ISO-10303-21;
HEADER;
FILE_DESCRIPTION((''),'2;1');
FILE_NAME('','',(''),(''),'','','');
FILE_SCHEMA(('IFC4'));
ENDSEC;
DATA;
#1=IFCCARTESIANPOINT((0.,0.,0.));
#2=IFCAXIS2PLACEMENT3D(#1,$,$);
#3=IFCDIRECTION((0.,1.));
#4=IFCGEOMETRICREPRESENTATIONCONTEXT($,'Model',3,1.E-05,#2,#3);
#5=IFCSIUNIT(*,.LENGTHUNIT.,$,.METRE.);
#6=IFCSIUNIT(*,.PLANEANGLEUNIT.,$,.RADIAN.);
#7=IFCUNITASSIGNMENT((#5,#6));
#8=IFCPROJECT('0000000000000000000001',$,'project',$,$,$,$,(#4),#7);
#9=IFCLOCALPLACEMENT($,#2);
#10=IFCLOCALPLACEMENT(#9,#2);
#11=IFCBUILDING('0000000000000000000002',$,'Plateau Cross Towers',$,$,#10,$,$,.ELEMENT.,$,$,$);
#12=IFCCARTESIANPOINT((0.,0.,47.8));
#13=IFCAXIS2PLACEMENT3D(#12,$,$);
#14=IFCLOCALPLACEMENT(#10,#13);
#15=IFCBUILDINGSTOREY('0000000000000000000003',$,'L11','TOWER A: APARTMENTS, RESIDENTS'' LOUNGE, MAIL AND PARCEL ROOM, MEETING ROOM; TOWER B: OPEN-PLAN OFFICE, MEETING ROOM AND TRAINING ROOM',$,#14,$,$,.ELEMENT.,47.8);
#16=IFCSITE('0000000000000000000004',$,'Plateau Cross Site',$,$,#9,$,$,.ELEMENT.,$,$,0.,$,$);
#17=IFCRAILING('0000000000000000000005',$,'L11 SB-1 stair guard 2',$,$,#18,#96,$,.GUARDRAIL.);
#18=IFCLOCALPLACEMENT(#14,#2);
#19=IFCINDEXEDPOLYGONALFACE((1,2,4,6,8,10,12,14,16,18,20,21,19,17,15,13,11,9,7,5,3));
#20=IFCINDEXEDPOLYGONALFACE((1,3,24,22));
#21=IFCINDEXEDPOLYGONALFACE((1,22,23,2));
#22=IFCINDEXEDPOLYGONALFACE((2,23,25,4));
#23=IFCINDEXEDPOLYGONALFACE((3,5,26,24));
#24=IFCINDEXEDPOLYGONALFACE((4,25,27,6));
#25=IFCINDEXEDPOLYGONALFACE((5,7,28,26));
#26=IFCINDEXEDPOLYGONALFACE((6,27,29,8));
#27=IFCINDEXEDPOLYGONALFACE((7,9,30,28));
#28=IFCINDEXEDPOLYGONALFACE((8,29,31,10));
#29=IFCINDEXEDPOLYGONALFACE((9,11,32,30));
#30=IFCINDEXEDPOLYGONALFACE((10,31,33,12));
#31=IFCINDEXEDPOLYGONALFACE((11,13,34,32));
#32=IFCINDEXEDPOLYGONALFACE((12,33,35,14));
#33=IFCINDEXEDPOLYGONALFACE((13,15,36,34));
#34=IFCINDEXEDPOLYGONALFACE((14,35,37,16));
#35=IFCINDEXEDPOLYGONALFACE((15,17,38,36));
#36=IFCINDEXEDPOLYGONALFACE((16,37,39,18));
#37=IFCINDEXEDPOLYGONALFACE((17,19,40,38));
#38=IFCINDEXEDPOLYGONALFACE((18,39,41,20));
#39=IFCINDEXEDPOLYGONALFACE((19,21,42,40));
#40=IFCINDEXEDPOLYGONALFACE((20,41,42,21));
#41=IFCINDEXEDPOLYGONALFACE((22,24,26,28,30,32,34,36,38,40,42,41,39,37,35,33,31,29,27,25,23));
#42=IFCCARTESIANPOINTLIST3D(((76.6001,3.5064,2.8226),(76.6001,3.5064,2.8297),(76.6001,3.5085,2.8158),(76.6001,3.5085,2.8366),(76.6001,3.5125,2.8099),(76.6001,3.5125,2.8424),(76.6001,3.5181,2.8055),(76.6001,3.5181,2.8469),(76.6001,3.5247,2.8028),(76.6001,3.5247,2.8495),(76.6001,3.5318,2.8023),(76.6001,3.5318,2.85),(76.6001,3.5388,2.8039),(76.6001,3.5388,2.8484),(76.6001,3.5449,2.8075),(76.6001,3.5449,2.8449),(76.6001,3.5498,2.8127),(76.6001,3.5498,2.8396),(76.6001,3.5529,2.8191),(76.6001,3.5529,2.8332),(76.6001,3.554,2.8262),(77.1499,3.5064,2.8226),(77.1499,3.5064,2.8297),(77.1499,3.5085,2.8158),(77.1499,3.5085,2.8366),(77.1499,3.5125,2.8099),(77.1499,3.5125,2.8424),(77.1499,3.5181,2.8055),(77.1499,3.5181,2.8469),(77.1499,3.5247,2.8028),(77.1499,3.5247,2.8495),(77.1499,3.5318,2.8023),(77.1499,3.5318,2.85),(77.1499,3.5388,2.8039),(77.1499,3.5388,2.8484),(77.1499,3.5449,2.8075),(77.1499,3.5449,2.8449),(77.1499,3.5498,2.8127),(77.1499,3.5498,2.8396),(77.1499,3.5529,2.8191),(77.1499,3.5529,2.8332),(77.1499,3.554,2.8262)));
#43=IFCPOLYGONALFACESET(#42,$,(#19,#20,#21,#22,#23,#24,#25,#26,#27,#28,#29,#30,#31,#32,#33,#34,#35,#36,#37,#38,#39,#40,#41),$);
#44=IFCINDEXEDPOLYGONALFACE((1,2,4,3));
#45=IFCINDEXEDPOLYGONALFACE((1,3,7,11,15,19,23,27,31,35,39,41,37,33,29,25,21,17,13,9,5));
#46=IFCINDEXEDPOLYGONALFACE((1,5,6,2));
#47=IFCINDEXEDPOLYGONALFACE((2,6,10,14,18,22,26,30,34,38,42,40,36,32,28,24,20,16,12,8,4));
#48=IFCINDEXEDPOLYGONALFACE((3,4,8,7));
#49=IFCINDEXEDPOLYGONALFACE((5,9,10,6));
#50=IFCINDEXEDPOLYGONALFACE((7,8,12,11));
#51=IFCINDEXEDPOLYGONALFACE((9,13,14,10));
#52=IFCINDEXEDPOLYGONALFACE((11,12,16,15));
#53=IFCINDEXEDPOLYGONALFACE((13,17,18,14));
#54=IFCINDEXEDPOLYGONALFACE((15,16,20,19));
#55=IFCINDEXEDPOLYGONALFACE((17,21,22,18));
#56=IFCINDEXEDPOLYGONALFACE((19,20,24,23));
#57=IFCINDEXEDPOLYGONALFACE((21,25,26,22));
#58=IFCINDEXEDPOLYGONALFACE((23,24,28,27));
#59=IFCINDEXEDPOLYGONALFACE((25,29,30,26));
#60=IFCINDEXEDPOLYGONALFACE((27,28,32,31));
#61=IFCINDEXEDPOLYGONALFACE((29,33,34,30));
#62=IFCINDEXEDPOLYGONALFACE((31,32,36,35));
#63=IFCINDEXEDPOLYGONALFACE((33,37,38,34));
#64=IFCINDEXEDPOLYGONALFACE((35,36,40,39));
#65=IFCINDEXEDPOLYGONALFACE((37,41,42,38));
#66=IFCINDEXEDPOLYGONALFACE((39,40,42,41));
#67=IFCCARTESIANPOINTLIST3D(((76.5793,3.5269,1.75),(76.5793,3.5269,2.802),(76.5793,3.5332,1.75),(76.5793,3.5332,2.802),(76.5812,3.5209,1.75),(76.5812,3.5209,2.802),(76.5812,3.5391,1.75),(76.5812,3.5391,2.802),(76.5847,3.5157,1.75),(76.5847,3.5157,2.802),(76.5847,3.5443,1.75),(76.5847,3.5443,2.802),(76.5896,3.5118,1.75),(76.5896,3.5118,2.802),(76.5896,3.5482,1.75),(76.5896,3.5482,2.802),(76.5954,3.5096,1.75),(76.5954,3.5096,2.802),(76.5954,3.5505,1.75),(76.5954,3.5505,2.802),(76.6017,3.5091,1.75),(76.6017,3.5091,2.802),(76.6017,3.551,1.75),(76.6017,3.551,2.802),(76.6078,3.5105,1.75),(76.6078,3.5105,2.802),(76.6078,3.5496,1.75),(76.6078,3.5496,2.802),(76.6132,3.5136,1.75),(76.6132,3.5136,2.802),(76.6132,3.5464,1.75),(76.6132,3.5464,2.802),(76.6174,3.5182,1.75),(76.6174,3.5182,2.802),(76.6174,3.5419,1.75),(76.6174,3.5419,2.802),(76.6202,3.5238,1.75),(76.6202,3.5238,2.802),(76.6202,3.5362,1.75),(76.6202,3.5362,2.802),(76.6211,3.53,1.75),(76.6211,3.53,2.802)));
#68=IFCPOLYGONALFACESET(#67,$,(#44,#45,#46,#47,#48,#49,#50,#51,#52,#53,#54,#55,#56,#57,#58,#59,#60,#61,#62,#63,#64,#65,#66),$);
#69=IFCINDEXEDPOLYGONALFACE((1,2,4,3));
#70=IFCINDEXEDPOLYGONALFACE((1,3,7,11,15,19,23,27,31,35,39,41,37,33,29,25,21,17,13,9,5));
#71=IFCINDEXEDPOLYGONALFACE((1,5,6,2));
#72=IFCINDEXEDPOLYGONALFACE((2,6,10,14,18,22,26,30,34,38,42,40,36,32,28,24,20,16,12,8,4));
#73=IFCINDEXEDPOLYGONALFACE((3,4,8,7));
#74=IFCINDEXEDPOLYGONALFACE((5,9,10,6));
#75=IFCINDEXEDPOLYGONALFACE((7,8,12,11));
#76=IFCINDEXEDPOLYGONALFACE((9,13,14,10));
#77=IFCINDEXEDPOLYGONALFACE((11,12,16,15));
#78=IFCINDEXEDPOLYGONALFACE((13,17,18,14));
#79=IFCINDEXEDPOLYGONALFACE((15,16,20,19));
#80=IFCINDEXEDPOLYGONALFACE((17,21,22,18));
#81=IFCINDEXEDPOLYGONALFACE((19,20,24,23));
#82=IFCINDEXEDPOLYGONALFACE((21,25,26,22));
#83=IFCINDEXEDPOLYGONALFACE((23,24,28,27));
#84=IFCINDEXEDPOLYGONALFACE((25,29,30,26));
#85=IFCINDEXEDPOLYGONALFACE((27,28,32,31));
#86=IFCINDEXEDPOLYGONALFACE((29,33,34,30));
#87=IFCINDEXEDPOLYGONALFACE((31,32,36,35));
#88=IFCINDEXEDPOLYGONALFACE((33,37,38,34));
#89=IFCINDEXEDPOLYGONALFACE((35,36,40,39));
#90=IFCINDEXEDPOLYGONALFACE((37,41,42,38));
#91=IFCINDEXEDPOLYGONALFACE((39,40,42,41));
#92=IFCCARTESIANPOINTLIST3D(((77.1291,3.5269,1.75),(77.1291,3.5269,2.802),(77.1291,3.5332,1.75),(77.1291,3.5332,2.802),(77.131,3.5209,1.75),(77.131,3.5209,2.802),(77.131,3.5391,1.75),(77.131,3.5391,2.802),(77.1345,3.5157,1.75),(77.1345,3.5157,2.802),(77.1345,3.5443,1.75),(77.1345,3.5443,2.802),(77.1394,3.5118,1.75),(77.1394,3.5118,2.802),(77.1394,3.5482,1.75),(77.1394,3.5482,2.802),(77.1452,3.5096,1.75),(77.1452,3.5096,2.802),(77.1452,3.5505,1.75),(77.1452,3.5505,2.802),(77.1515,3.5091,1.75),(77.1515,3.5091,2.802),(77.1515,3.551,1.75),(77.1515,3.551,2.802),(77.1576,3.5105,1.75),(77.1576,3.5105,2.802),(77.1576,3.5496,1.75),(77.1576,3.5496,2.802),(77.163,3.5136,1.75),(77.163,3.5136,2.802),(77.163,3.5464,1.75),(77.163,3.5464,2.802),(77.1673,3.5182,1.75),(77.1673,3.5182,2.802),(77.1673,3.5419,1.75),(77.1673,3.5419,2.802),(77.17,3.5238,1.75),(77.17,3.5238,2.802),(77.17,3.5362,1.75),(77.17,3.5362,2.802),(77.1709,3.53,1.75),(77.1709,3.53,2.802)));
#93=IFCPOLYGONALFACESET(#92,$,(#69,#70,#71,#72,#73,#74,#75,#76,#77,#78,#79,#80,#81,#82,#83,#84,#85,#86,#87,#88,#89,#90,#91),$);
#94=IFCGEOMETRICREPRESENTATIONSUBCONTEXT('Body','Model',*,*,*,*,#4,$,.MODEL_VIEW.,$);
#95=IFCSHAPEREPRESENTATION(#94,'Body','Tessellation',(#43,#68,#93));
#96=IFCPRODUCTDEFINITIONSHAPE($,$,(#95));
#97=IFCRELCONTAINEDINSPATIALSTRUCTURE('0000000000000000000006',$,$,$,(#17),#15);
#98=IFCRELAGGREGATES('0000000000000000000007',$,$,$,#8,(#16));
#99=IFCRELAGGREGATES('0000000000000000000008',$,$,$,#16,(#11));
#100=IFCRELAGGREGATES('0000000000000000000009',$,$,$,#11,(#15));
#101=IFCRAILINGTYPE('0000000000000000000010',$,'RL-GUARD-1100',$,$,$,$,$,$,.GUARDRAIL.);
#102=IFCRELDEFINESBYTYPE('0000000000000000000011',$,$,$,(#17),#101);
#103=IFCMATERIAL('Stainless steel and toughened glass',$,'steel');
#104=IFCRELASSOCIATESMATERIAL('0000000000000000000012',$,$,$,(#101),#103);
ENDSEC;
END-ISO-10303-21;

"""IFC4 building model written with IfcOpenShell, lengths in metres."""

from ifc_helpers import new_model, si_unit, direction, frame, origin, origin_2d, place, context, subcontext, project, spatial, circle, extrude, material, type_object, element, save


model = new_model("IFC4")

# Units and contexts
model_context = context("Model", 3, precision=1e-05, world=origin(), true_north=direction((0.0, 1.0)))
body_context = subcontext(model_context, "Body", "Model", "MODEL_VIEW")
ifc_project = project(units=[si_unit("LENGTHUNIT", "METRE"), si_unit("PLANEANGLEUNIT", "RADIAN")], contexts=[model_context])

# Site, building, storey
site_placement = place(None, origin())
site = spatial("IfcSite", under=ifc_project, at=site_placement, Name="Plateau Cross Site", CompositionType="ELEMENT", RefElevation=0.0)
building_placement = place(site_placement, origin())
building = spatial("IfcBuilding", under=site, at=building_placement, Name="Plateau Cross Towers", CompositionType="ELEMENT")
storey_placement = place(building_placement, frame((0.0, 0.0, 47.8)))
storey = spatial("IfcBuildingStorey", under=building, at=storey_placement, Name="L11", Description="TOWER A: APARTMENTS, RESIDENTS' LOUNGE, MAIL AND PARCEL ROOM, MEETING ROOM; TOWER B: OPEN-PLAN OFFICE, MEETING ROOM AND TRAINING ROOM", CompositionType="ELEMENT", Elevation=47.8)

# Railing
ifc_material_1 = material(Name="Stainless steel and toughened glass", Category="steel")
railing_type_1 = type_object("IfcRailingType", Name="RL-GUARD-1100", PredefinedType="GUARDRAIL", material=ifc_material_1)
railing_1_placement = place(storey_placement, frame((76.6001, 3.53, 1.75)))
element("IfcRailing", 1, at=railing_1_placement, inside=storey, type_object=railing_type_1, Name="L11 SB-1 stair guard 2", PredefinedType="GUARDRAIL", context=body_context, shape_type="SweptSolid", body=[
    extrude(circle(Radius=0.0239, at=origin_2d()), frame((0.0, 0.0, 1.0762), z_axis=(1.0, 0.0, 0.0), x_axis=(0.0, 1.0, 0.0)), (0.0, 0.0, 1.0), 0.5498),
    extrude(circle(Radius=0.021, at=origin_2d()), origin(), (0.0, 0.0, 1.0), 1.052),
    extrude(circle(Radius=0.021, at=origin_2d()), frame((0.5498, 0.0, 0.0)), (0.0, 0.0, 1.0), 1.052),
])

save(model, "model.ifc")
